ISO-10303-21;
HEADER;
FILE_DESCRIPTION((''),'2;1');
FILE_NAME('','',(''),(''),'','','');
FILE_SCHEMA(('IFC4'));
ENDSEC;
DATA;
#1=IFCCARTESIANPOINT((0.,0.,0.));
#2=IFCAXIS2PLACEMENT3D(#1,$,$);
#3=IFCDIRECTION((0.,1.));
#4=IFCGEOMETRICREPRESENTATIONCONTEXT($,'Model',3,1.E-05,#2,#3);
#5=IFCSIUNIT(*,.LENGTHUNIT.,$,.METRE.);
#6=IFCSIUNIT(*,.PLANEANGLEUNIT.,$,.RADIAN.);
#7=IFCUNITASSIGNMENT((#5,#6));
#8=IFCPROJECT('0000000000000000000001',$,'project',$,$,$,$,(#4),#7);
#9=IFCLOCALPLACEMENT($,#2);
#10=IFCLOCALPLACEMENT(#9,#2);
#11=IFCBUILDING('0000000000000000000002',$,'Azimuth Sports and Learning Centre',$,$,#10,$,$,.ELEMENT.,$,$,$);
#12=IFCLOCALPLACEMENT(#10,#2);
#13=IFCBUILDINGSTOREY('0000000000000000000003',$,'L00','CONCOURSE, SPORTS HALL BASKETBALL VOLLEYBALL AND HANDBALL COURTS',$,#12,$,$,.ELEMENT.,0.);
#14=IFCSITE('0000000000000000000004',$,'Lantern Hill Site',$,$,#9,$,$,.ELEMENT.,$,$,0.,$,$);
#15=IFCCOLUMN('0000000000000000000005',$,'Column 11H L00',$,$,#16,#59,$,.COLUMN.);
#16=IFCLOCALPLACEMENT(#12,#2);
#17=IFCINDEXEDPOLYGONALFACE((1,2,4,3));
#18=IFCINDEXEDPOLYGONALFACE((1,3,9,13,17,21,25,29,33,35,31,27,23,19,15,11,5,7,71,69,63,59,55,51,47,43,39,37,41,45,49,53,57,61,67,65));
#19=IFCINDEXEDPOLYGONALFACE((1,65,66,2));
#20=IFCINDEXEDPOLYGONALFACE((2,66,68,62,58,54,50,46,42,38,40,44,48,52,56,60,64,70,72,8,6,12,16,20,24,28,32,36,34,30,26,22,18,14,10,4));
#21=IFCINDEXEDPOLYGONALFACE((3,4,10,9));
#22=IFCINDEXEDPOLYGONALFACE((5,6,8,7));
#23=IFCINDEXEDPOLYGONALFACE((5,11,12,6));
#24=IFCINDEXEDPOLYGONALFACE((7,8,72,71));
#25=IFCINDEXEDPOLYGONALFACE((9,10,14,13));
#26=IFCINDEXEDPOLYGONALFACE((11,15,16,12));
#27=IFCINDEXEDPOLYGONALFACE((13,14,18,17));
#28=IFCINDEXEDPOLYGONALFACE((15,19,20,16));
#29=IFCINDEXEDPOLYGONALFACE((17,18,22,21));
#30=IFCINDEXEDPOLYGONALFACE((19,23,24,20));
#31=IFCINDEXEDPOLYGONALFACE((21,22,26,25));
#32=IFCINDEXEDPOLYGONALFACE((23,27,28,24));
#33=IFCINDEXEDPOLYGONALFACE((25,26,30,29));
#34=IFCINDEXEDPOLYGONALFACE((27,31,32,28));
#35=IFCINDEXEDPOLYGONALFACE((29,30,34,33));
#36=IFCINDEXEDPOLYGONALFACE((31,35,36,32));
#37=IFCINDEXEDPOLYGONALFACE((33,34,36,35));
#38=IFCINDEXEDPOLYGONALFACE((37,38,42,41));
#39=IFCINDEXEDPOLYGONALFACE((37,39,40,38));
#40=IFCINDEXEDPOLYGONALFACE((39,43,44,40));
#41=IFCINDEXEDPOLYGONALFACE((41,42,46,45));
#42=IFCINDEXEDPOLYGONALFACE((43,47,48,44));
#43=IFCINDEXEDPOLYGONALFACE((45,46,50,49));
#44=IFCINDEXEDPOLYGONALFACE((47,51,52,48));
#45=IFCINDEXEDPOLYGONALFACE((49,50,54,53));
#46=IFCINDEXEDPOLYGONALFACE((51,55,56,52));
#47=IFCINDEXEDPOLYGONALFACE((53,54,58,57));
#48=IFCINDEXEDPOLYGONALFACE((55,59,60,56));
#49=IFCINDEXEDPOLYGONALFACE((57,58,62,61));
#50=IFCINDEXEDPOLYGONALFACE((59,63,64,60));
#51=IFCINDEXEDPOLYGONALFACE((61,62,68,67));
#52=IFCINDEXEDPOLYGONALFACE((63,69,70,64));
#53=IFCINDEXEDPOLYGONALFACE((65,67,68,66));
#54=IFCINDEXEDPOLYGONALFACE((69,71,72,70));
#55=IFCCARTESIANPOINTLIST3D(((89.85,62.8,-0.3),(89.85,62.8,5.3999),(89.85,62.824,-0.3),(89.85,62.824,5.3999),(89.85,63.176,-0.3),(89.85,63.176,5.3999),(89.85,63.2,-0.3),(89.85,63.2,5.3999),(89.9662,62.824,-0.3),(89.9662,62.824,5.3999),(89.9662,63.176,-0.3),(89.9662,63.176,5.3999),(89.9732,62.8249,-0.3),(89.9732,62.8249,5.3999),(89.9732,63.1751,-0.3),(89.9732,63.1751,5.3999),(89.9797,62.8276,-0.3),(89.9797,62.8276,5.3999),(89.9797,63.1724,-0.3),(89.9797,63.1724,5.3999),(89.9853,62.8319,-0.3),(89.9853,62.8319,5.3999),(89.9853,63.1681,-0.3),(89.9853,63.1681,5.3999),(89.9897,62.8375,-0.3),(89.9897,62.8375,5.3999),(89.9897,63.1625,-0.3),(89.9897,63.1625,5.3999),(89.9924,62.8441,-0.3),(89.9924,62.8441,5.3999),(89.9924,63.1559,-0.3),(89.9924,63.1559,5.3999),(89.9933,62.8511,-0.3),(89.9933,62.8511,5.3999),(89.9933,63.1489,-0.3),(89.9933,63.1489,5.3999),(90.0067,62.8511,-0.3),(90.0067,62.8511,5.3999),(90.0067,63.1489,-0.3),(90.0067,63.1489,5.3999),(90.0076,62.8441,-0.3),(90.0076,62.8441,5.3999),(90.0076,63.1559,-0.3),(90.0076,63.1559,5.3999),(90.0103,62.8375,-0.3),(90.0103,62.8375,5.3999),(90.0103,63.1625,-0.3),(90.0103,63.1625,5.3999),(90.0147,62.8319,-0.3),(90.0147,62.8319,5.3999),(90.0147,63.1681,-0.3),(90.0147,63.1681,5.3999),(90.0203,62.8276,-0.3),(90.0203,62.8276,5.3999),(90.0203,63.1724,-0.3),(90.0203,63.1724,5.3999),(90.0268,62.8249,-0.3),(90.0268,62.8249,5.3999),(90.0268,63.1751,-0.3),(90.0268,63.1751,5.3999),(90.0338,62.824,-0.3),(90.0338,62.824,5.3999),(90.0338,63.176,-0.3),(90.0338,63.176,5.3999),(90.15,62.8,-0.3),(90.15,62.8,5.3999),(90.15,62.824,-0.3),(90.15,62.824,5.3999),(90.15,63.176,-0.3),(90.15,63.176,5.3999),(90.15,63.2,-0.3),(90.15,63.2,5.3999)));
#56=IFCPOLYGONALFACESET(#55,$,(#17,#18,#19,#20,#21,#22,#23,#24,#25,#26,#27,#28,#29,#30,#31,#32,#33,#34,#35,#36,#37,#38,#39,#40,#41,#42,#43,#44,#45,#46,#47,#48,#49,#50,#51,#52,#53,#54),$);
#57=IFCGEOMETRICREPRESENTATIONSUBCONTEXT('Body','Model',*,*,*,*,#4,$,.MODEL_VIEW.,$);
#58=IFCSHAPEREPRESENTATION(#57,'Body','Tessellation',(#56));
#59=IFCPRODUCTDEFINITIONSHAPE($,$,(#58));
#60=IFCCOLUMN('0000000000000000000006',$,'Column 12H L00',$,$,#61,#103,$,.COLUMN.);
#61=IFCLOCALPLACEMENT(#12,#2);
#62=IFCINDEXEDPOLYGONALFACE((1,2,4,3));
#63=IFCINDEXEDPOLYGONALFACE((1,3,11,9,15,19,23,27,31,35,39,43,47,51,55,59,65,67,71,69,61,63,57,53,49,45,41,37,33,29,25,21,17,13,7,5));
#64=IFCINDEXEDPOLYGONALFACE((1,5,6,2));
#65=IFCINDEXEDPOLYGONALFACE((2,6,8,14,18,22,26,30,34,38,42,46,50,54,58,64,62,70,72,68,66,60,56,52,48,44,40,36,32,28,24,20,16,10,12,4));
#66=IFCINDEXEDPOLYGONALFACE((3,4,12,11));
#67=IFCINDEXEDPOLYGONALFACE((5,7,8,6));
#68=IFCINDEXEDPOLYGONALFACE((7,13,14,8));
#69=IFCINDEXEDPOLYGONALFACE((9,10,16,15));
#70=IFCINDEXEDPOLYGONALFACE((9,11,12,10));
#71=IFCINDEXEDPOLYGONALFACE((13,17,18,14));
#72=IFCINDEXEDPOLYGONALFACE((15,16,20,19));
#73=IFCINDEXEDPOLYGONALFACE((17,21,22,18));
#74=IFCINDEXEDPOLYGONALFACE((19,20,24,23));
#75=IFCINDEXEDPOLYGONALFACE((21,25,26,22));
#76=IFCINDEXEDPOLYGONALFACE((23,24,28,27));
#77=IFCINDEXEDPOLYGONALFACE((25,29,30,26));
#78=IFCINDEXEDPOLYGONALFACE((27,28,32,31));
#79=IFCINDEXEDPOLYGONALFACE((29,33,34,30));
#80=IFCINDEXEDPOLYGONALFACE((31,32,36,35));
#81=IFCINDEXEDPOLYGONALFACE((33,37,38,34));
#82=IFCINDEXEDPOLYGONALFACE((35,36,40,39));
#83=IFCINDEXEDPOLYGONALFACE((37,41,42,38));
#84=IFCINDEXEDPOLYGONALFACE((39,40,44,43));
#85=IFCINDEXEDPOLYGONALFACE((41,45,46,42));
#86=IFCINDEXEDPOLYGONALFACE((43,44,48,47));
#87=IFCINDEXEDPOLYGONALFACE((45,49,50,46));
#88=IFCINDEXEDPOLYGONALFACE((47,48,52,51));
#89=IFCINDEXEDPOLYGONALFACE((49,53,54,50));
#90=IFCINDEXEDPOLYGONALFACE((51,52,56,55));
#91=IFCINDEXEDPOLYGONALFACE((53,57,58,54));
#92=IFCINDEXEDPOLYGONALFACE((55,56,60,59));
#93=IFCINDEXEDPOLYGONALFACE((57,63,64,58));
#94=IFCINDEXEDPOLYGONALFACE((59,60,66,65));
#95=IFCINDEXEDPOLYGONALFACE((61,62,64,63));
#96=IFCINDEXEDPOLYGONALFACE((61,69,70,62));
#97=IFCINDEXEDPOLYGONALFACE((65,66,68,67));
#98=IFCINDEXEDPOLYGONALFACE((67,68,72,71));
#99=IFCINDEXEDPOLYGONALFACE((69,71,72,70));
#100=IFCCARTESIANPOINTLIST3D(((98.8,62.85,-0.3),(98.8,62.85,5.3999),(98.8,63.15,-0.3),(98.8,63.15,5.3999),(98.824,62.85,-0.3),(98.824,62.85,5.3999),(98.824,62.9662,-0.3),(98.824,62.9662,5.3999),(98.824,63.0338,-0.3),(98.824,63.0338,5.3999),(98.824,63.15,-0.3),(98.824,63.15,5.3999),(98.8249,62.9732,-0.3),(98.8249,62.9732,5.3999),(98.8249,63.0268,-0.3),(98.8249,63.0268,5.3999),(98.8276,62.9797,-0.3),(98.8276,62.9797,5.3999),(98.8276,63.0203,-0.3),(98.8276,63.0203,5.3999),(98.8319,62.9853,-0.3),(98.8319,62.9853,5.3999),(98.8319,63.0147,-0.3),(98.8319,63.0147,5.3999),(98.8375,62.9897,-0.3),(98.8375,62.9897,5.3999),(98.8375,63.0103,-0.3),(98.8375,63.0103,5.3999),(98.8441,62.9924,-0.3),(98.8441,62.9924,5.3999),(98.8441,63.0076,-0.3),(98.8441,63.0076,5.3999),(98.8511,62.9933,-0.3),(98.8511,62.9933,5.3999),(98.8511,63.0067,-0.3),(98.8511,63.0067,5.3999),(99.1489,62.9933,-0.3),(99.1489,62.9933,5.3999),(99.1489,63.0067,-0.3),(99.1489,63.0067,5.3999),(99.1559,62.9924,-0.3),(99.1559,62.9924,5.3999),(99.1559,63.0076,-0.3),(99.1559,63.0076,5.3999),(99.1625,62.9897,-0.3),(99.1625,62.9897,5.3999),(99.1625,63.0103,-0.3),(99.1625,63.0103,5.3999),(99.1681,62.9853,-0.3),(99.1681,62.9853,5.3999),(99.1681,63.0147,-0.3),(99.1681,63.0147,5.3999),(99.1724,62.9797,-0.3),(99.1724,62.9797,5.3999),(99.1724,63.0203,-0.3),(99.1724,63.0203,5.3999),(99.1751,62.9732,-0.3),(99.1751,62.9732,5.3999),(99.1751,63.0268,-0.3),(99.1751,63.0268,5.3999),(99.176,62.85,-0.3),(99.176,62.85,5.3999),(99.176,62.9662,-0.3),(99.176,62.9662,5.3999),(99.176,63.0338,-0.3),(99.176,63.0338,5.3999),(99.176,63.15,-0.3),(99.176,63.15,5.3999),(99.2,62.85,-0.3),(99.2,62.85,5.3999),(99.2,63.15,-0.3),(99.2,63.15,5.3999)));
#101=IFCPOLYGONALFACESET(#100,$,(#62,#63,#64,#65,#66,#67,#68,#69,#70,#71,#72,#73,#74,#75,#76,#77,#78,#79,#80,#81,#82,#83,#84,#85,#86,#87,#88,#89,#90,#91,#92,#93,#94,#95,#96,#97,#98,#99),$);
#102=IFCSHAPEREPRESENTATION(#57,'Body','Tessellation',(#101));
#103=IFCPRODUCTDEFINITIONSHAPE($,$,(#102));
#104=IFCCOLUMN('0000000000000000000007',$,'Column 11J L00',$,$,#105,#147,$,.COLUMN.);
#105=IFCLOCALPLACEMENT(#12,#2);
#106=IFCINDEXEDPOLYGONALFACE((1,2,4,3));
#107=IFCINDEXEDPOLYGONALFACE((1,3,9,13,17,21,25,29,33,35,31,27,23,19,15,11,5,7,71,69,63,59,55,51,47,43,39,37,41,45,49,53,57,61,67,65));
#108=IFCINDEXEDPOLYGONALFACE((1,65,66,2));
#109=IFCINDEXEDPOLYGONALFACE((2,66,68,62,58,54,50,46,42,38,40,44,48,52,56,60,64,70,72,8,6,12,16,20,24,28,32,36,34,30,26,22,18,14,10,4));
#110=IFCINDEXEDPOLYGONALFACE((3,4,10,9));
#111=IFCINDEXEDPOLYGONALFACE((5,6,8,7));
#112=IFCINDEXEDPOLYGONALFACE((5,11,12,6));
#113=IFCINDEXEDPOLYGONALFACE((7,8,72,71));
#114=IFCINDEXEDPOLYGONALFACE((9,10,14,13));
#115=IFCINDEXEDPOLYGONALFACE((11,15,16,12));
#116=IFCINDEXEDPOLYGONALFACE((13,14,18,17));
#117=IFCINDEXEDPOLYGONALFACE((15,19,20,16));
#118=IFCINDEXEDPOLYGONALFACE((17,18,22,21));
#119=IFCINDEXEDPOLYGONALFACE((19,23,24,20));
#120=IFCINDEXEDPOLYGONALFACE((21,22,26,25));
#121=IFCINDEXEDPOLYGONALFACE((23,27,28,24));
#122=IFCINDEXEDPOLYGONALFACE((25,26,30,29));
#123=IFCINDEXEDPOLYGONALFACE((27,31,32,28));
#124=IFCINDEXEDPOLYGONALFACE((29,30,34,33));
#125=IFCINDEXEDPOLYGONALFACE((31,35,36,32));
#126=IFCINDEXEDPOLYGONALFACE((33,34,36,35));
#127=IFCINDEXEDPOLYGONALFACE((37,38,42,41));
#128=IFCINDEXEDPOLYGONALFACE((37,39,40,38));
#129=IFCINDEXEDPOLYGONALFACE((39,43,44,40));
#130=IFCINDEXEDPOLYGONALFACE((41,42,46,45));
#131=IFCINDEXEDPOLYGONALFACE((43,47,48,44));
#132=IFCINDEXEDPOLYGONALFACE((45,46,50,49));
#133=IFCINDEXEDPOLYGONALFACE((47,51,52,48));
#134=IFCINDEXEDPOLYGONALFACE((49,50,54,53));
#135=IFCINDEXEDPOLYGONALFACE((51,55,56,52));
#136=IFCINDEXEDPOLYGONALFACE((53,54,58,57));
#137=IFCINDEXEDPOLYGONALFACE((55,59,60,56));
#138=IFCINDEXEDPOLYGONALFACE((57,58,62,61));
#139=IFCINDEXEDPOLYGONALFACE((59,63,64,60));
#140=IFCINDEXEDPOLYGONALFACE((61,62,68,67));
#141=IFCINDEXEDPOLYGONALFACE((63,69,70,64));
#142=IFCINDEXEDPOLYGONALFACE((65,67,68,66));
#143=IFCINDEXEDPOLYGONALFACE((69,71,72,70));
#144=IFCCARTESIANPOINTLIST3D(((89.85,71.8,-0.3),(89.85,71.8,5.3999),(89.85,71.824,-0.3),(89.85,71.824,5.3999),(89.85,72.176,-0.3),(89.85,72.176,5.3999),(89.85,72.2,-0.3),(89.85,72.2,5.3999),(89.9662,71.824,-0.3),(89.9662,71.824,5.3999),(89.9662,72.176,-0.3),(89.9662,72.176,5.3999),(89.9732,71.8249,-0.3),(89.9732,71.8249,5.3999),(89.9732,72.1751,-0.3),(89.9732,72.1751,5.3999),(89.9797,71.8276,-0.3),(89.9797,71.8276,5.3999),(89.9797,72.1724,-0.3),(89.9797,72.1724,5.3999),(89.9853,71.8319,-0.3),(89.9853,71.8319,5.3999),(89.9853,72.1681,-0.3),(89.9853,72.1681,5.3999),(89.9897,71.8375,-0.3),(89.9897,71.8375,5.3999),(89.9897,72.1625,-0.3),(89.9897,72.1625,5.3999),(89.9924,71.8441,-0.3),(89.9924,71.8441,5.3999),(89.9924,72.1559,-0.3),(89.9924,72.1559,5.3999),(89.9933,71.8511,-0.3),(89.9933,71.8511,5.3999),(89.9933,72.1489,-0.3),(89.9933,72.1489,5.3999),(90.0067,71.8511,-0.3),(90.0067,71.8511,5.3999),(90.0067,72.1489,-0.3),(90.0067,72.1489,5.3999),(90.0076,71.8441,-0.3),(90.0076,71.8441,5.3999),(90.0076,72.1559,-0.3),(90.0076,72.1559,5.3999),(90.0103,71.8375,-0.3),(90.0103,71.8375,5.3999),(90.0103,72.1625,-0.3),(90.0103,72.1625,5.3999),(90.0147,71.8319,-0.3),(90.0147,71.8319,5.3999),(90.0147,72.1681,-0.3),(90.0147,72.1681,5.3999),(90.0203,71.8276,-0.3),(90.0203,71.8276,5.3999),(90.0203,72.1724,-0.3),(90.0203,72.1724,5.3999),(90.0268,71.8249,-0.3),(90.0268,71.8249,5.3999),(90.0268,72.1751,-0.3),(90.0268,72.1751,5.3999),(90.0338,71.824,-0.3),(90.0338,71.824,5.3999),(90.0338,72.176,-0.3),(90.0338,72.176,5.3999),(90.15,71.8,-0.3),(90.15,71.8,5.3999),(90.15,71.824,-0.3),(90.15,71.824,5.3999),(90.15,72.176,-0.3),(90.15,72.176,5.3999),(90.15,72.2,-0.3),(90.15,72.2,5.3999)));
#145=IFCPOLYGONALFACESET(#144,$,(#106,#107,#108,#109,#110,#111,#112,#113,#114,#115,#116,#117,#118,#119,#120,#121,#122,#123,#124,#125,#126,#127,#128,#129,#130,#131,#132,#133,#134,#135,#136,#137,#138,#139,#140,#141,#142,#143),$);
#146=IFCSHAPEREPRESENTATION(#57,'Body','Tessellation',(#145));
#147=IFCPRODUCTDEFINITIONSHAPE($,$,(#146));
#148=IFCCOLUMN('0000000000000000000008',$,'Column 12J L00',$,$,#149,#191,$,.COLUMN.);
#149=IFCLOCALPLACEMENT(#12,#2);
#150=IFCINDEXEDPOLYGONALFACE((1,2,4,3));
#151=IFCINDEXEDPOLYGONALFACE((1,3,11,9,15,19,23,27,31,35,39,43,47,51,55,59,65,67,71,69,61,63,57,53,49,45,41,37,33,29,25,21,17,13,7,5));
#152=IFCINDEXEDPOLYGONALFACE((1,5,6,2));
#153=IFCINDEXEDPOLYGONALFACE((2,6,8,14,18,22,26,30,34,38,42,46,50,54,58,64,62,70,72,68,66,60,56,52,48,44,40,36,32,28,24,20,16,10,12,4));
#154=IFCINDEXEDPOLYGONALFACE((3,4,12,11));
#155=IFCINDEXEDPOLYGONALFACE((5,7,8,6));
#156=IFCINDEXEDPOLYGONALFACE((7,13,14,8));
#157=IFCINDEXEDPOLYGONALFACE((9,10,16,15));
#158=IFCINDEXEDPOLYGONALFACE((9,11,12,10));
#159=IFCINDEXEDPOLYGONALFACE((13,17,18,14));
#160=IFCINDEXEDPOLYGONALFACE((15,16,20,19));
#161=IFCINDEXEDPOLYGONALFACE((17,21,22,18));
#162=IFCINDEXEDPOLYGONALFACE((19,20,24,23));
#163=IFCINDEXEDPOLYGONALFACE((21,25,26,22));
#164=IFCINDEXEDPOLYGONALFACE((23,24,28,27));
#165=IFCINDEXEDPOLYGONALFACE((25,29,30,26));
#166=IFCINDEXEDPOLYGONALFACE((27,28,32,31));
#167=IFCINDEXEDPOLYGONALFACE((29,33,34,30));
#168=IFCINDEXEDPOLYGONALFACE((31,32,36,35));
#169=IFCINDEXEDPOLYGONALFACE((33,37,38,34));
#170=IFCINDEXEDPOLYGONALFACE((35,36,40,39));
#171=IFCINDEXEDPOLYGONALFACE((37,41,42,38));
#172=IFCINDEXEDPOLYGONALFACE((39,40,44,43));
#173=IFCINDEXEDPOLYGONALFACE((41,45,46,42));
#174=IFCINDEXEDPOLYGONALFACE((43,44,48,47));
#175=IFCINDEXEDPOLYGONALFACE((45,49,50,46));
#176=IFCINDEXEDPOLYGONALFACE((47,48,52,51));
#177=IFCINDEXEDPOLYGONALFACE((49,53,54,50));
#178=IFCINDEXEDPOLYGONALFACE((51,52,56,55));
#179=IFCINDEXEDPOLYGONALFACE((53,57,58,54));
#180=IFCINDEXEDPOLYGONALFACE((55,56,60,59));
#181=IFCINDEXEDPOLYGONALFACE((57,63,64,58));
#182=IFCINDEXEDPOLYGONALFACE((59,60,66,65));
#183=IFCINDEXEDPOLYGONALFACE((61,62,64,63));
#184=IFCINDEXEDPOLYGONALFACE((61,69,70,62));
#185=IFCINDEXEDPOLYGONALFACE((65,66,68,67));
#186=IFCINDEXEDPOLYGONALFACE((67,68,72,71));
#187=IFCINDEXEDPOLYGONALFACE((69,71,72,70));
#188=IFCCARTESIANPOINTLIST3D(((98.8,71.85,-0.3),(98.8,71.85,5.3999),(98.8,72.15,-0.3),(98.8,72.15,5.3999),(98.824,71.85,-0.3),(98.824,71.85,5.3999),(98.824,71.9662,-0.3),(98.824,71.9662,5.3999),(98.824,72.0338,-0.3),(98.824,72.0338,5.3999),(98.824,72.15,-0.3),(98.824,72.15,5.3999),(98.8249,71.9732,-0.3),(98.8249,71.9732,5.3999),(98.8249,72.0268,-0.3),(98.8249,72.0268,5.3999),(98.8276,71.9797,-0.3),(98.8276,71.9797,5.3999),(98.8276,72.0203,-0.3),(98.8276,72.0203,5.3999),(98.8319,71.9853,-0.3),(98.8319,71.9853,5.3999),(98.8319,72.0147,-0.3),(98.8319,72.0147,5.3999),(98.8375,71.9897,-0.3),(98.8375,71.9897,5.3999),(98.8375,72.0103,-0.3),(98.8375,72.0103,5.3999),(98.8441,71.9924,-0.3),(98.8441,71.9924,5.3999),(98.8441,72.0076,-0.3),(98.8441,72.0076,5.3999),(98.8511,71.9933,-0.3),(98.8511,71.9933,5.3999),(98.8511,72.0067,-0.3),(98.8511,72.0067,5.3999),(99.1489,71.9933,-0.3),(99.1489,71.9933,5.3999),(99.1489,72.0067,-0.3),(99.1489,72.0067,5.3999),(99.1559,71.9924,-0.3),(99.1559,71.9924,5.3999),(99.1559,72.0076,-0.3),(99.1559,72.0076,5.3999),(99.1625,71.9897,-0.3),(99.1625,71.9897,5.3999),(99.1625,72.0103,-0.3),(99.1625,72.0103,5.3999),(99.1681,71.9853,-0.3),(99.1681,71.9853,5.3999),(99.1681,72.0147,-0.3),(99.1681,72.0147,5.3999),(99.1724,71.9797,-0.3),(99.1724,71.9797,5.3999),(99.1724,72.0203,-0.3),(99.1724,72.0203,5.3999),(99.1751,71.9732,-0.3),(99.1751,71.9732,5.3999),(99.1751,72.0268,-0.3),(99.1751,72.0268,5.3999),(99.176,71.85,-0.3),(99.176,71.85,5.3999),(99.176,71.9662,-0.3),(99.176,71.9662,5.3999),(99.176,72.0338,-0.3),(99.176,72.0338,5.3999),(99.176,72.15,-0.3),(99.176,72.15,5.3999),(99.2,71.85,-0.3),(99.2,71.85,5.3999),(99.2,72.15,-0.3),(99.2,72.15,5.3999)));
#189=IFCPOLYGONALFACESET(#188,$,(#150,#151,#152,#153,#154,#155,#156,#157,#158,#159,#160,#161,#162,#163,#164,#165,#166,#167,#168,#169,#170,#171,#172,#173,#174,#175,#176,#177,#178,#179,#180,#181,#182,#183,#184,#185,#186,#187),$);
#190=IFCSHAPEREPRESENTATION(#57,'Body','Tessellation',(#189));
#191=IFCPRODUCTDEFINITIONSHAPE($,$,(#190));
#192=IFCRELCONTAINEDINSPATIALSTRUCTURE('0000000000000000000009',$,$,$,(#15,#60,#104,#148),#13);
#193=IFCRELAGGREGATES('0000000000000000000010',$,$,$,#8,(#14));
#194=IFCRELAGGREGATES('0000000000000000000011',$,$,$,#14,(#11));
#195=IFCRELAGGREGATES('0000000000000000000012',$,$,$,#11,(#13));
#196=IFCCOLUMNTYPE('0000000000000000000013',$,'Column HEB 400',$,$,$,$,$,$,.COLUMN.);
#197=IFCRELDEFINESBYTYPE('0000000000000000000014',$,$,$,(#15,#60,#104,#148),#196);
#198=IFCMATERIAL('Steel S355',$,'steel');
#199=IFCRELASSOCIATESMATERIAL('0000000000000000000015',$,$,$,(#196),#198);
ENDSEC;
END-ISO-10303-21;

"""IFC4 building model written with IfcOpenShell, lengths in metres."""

from ifc_helpers import new_model, si_unit, direction, frame, origin, origin_2d, place, context, subcontext, project, spatial, i_section, extrude, material, material_profile, profile_set, type_object, element, save


model = new_model("IFC4")

# Units and contexts
model_context = context("Model", 3, precision=1e-05, world=origin(), true_north=direction((0.0, 1.0)))
body_context = subcontext(model_context, "Body", "Model", "MODEL_VIEW")
ifc_project = project(units=[si_unit("LENGTHUNIT", "METRE"), si_unit("PLANEANGLEUNIT", "RADIAN")], contexts=[model_context])

# Site, building, storey
site_placement = place(None, origin())
site = spatial("IfcSite", under=ifc_project, at=site_placement, Name="Lantern Hill Site", CompositionType="ELEMENT", RefElevation=0.0)
building_placement = place(site_placement, origin())
building = spatial("IfcBuilding", under=site, at=building_placement, Name="Azimuth Sports and Learning Centre", CompositionType="ELEMENT")
storey_placement = place(building_placement, origin())
storey = spatial("IfcBuildingStorey", under=building, at=storey_placement, Name="L00", Description="CONCOURSE, SPORTS HALL BASKETBALL VOLLEYBALL AND HANDBALL COURTS", CompositionType="ELEMENT", Elevation=0.0)

# Columns
ifc_material_1 = material(Name="Steel S355", Category="steel")
ifc_material_profile_1 = material_profile(ifc_material_1, i_section(OverallWidth=0.3, OverallDepth=0.3999, WebThickness=0.0134, FlangeThickness=0.0239, FilletRadius=0.0271, at=origin_2d()), Name="HEB 400")
ifc_profile_set_1 = profile_set([ifc_material_profile_1], Name="Steel S355")
column_type = type_object("IfcColumnType", Name="Column HEB 400", PredefinedType="COLUMN", material=ifc_profile_set_1)
for number, where, z_axis, x_axis, name in (
    (1, (90.0, 63.0, -0.3), (0.0, 0.0, 1.0), (1.0, 0.0, 0.0), "Column 11H L00"),
    (2, (99.0, 63.0, -0.3), (0.0, 0.0, 1.0), (0.0, 1.0, 0.0), "Column 12H L00"),
    (3, (90.0, 72.0, -0.3), (0.0, 0.0, 1.0), (1.0, 0.0, 0.0), "Column 11J L00"),
    (4, (99.0, 72.0, -0.3), (0.0, 0.0, 1.0), (0.0, 1.0, 0.0), "Column 12J L00"),
):
    element("IfcColumn", number, at=place(storey_placement, frame(where, z_axis=z_axis, x_axis=x_axis)), inside=storey, type_object=column_type, Name=name, PredefinedType="COLUMN", context=body_context, shape_type="SweptSolid", body=[
        extrude(i_section(OverallWidth=0.3, OverallDepth=0.3999, WebThickness=0.0134, FlangeThickness=0.0239, FilletRadius=0.0271, at=origin_2d()), origin(), (0.0, 0.0, 1.0), 5.7),
    ])

save(model, "model.ifc")
